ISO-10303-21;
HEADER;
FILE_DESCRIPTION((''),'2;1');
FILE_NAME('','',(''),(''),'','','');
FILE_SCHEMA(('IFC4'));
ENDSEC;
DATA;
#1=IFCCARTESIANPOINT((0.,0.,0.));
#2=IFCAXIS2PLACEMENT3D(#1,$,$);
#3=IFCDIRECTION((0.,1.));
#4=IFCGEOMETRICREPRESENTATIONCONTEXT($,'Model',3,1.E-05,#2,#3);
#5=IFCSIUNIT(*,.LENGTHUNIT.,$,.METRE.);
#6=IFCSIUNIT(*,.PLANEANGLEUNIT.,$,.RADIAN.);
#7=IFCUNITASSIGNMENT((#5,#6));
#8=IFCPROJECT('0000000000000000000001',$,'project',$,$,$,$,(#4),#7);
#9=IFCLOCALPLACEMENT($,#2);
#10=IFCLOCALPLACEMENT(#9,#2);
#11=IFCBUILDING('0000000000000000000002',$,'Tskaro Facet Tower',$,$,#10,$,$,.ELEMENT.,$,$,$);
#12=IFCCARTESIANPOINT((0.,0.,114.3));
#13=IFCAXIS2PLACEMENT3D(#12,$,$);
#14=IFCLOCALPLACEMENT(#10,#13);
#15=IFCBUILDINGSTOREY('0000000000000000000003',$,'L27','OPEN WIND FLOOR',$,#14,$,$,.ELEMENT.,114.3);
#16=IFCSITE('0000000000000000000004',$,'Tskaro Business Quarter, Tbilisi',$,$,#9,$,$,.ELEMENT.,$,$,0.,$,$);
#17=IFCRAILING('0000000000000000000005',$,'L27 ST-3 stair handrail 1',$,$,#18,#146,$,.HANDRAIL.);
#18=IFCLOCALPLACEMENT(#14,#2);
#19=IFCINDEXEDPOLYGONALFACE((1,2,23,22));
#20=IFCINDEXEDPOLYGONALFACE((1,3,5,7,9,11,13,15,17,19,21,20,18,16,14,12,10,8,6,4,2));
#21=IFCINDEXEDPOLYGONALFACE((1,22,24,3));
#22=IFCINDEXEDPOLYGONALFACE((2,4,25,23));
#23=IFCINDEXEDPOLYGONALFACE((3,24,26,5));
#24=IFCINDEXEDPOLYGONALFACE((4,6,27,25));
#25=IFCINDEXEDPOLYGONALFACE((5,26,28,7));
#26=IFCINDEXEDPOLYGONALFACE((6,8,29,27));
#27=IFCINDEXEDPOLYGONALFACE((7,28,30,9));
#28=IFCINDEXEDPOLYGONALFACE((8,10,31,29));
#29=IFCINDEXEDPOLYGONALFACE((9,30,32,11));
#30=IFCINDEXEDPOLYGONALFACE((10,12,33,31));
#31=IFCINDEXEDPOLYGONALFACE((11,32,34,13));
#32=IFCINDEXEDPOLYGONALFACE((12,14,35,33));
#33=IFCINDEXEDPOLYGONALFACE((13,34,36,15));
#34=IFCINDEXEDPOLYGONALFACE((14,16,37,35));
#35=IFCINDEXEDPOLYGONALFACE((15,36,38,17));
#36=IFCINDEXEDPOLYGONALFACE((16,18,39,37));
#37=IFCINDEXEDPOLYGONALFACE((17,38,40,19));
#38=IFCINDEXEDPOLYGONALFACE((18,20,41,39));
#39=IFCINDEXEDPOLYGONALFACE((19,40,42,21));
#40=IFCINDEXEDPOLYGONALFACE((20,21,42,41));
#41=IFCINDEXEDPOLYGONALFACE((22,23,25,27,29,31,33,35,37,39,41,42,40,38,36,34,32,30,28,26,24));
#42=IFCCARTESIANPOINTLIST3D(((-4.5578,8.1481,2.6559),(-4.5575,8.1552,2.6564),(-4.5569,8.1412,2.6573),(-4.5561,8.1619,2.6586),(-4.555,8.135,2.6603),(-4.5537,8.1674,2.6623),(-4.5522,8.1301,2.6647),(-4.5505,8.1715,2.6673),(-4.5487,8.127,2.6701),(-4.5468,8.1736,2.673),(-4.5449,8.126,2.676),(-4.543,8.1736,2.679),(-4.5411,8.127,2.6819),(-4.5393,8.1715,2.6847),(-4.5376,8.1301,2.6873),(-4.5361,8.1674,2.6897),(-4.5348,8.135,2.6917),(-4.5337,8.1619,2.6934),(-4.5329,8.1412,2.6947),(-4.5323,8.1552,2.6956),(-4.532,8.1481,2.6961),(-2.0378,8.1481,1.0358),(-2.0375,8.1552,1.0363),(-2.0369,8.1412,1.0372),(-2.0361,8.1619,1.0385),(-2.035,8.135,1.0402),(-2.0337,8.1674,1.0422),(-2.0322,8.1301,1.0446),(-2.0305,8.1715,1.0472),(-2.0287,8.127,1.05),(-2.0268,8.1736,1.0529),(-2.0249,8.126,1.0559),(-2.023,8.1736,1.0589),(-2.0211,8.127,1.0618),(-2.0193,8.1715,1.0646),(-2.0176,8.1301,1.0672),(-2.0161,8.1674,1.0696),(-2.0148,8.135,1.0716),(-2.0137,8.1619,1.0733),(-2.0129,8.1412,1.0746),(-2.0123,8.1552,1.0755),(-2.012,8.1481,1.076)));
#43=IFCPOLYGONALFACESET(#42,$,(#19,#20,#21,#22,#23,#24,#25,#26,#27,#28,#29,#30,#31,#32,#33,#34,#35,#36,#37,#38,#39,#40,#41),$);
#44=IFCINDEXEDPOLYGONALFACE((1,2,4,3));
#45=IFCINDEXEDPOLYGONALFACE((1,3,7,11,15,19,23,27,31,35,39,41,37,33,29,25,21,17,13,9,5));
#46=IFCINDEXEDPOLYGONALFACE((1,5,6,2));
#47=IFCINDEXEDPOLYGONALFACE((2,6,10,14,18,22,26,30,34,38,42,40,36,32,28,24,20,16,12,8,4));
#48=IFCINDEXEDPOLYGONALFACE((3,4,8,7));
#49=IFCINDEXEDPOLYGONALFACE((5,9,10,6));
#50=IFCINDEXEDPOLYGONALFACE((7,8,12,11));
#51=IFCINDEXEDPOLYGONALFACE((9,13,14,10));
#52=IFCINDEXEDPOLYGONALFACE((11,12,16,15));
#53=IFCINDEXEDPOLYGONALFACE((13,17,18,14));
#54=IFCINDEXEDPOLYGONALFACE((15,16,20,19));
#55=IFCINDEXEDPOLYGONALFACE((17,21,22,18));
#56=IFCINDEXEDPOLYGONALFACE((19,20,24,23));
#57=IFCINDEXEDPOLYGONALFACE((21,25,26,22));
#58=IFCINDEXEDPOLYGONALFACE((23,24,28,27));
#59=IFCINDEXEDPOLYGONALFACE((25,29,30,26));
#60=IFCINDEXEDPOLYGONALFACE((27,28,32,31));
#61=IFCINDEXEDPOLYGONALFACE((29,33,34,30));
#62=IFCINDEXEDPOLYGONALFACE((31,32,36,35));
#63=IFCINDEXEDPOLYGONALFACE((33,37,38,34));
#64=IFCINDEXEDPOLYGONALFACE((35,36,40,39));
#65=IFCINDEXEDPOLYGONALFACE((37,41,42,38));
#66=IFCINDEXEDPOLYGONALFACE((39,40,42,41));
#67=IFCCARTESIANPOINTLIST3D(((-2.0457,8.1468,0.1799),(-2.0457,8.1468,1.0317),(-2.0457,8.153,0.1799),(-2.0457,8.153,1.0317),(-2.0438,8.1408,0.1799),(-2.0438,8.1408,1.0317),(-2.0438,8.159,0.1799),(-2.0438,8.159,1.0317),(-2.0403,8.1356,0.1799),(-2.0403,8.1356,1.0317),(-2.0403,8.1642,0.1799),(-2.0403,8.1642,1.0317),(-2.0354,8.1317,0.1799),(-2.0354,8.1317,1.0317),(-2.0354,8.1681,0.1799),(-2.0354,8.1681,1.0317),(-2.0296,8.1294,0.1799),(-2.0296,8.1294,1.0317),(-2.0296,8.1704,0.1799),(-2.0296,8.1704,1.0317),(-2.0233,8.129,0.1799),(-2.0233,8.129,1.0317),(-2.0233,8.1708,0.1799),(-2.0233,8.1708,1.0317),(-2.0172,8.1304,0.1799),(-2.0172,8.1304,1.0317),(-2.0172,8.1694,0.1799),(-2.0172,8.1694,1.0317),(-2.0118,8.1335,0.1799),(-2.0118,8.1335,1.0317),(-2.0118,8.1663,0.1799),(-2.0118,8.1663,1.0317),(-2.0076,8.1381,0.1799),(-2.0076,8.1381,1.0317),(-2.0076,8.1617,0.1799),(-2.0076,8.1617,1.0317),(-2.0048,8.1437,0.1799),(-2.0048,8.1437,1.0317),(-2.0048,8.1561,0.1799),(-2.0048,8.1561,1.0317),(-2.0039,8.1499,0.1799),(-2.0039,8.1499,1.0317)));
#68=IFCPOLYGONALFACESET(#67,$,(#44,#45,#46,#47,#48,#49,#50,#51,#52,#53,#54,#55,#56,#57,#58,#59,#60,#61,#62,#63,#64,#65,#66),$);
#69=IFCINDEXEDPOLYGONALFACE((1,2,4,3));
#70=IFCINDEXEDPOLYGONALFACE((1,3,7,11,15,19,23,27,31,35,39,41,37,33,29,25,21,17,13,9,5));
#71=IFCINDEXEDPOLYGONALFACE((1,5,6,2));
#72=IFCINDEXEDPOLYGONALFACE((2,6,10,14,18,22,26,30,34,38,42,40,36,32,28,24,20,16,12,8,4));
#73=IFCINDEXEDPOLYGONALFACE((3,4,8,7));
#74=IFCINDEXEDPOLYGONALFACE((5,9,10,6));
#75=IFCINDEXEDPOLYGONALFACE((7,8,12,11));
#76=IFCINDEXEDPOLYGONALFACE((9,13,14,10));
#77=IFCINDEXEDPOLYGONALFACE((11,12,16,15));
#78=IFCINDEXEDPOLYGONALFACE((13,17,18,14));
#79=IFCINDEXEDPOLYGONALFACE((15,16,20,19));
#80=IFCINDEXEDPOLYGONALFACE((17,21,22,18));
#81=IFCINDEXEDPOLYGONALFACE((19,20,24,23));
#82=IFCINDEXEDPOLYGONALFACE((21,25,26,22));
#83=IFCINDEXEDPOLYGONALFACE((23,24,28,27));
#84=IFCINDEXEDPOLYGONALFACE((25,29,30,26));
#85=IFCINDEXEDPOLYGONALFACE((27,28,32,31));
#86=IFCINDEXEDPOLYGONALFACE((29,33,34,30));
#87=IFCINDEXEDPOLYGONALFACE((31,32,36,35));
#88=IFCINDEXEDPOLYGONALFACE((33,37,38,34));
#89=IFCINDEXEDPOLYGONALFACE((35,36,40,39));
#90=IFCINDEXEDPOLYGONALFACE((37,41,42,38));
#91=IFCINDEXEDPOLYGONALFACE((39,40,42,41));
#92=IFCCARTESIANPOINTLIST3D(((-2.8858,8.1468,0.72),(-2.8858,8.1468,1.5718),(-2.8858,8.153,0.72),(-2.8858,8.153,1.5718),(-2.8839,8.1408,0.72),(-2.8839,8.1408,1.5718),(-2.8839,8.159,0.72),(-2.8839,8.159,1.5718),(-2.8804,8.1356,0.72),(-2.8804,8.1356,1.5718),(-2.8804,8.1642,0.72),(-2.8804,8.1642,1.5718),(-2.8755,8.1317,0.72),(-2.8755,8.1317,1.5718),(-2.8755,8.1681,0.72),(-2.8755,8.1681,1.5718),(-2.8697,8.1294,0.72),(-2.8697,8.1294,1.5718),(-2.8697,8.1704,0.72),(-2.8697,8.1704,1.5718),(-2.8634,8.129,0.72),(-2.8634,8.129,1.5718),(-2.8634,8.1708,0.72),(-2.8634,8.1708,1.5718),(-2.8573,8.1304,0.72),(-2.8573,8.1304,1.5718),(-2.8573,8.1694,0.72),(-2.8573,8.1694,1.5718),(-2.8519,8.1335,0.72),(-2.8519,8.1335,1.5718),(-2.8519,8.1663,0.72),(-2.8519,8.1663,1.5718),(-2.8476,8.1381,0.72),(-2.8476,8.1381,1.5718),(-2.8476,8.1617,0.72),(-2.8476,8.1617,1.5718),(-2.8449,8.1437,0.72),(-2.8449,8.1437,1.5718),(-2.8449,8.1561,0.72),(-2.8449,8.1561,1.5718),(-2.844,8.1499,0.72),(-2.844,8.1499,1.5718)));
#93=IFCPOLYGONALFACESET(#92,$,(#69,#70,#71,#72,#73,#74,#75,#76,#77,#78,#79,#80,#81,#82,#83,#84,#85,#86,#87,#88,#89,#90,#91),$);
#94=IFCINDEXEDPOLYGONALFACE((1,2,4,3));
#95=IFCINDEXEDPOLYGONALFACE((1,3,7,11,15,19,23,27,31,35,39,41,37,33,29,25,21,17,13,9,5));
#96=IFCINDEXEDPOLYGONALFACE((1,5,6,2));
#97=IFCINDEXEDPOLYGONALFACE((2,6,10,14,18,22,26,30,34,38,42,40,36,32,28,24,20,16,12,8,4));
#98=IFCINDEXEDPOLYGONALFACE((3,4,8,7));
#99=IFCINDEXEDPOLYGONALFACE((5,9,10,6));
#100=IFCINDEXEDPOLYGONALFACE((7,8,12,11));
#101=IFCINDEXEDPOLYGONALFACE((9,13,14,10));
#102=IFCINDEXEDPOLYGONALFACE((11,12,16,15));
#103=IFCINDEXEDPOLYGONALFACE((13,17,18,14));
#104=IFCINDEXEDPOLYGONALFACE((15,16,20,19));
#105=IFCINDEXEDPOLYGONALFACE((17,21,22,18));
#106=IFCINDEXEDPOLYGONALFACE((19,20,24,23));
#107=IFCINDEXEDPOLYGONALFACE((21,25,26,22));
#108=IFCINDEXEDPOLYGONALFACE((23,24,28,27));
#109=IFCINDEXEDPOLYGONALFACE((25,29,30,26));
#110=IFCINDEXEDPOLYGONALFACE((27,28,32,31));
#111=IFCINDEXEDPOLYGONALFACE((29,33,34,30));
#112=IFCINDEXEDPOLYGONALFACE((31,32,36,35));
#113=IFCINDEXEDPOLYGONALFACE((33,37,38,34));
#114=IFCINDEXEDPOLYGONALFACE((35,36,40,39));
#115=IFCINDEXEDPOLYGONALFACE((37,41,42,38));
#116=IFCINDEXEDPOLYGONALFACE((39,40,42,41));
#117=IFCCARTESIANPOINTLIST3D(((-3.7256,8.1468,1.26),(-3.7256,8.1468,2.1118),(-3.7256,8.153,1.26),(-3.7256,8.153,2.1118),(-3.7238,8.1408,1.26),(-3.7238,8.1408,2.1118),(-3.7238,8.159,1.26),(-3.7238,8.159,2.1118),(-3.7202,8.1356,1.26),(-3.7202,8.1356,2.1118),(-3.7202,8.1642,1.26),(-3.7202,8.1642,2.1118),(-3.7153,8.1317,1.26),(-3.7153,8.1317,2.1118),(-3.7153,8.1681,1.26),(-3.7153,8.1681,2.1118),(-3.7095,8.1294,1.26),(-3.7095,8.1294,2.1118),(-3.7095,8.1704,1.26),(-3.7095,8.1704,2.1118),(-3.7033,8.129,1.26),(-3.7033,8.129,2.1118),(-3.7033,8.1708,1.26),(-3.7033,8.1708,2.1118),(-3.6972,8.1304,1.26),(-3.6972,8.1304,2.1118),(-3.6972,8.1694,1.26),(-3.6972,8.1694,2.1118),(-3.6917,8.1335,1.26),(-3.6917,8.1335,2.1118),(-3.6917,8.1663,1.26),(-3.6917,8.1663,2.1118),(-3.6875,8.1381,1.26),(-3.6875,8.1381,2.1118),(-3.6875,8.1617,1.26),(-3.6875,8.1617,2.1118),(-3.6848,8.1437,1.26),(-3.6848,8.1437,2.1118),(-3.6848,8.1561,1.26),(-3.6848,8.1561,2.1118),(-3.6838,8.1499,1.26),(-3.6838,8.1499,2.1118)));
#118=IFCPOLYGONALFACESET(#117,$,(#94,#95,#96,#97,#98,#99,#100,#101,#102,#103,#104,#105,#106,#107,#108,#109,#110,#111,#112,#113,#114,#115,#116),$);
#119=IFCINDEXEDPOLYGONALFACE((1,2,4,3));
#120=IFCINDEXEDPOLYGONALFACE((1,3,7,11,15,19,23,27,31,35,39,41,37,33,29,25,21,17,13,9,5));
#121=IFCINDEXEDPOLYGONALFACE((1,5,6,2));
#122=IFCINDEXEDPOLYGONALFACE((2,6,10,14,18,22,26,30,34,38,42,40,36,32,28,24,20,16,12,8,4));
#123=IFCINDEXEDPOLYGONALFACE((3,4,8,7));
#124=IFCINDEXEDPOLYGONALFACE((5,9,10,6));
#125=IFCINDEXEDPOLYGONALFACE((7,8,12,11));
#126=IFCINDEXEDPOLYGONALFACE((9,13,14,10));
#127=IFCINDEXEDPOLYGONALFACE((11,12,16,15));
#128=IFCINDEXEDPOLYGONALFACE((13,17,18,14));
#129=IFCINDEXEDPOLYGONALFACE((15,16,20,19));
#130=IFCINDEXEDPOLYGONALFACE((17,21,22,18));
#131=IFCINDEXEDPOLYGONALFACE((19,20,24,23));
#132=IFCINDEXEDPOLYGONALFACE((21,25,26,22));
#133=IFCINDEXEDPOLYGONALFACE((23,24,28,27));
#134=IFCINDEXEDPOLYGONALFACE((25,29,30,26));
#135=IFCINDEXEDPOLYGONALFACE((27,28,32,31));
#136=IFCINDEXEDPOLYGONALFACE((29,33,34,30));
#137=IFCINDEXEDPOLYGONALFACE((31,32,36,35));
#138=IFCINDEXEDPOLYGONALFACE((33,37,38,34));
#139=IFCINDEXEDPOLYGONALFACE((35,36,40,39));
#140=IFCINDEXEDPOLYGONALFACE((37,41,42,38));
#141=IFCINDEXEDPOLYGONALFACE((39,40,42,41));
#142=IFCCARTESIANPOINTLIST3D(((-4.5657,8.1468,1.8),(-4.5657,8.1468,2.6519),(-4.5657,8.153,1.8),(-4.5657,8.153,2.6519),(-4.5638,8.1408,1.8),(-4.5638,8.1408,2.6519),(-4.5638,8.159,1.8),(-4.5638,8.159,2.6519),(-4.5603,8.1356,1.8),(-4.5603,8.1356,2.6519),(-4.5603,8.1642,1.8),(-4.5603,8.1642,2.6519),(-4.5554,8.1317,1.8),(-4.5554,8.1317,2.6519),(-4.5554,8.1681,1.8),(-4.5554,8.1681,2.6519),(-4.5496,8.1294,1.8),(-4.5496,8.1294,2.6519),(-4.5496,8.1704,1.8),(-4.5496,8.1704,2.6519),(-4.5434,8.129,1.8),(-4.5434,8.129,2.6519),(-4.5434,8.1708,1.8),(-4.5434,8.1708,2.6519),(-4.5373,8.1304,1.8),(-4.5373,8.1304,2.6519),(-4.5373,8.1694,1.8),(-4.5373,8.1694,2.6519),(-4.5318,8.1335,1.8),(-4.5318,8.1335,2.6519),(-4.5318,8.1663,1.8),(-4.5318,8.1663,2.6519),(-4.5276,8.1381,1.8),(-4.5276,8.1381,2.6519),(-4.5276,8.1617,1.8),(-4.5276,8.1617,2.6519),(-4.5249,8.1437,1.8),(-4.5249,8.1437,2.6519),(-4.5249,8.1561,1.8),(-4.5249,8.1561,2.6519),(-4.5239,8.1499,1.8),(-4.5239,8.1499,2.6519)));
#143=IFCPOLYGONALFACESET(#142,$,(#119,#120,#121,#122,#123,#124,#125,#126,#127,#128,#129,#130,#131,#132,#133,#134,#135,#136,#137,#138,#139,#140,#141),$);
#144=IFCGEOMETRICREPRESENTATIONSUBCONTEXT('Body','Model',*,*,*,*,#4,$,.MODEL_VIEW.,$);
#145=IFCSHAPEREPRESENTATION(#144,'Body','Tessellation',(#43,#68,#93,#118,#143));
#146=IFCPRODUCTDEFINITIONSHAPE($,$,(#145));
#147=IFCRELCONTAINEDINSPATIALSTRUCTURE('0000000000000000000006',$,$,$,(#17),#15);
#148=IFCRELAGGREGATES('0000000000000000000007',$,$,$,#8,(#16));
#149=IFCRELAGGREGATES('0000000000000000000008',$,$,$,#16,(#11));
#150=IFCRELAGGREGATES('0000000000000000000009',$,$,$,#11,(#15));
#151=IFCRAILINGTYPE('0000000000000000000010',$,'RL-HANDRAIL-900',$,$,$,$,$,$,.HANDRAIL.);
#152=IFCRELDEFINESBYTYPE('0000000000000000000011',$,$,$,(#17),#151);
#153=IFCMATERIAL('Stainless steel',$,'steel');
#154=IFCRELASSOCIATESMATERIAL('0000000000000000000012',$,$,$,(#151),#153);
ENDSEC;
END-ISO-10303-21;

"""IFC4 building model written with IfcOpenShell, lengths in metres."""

from ifc_helpers import new_model, si_unit, direction, frame, origin, origin_2d, place, context, subcontext, project, spatial, circle, extrude, material, type_object, element, save


model = new_model("IFC4")

# Units and contexts
model_context = context("Model", 3, precision=1e-05, world=origin(), true_north=direction((0.0, 1.0)))
body_context = subcontext(model_context, "Body", "Model", "MODEL_VIEW")
ifc_project = project(units=[si_unit("LENGTHUNIT", "METRE"), si_unit("PLANEANGLEUNIT", "RADIAN")], contexts=[model_context])

# Site, building, storey
site_placement = place(None, origin())
site = spatial("IfcSite", under=ifc_project, at=site_placement, Name="Tskaro Business Quarter, Tbilisi", CompositionType="ELEMENT", RefElevation=0.0)
building_placement = place(site_placement, origin())
building = spatial("IfcBuilding", under=site, at=building_placement, Name="Tskaro Facet Tower", CompositionType="ELEMENT")
storey_placement = place(building_placement, frame((0.0, 0.0, 114.3)))
storey = spatial("IfcBuildingStorey", under=building, at=storey_placement, Name="L27", Description="OPEN WIND FLOOR", CompositionType="ELEMENT", Elevation=114.3)

# Railing
ifc_material_1 = material(Name="Stainless steel", Category="steel")
railing_type_1 = type_object("IfcRailingType", Name="RL-HANDRAIL-900", PredefinedType="HANDRAIL", material=ifc_material_1)
railing_1_placement = place(storey_placement, frame((-2.0249, 8.1499, 0.1799)))
element("IfcRailing", 1, at=railing_1_placement, inside=storey, type_object=railing_type_1, Name="L27 ST-3 stair handrail 1", PredefinedType="HANDRAIL", context=body_context, shape_type="SweptSolid", body=[
    extrude(circle(Radius=0.0239, at=origin_2d()), frame((0.0, 0.0, 0.876), z_axis=(-0.841163, 0.0, 0.540782), x_axis=(0.0, -1.0, 0.0)), (0.0, 0.0, 1.0), 2.9958),
    extrude(circle(Radius=0.021, at=origin_2d()), origin(), (0.0, 0.0, 1.0), 0.8518),
    extrude(circle(Radius=0.021, at=origin_2d()), frame((-0.8401, 0.0, 0.54)), (0.0, 0.0, 1.0), 0.8518),
    extrude(circle(Radius=0.021, at=origin_2d()), frame((-1.6799, 0.0, 1.0801)), (0.0, 0.0, 1.0), 0.8518),
    extrude(circle(Radius=0.021, at=origin_2d()), frame((-2.52, 0.0, 1.6201)), (0.0, 0.0, 1.0), 0.8518),
])

save(model, "model.ifc")
